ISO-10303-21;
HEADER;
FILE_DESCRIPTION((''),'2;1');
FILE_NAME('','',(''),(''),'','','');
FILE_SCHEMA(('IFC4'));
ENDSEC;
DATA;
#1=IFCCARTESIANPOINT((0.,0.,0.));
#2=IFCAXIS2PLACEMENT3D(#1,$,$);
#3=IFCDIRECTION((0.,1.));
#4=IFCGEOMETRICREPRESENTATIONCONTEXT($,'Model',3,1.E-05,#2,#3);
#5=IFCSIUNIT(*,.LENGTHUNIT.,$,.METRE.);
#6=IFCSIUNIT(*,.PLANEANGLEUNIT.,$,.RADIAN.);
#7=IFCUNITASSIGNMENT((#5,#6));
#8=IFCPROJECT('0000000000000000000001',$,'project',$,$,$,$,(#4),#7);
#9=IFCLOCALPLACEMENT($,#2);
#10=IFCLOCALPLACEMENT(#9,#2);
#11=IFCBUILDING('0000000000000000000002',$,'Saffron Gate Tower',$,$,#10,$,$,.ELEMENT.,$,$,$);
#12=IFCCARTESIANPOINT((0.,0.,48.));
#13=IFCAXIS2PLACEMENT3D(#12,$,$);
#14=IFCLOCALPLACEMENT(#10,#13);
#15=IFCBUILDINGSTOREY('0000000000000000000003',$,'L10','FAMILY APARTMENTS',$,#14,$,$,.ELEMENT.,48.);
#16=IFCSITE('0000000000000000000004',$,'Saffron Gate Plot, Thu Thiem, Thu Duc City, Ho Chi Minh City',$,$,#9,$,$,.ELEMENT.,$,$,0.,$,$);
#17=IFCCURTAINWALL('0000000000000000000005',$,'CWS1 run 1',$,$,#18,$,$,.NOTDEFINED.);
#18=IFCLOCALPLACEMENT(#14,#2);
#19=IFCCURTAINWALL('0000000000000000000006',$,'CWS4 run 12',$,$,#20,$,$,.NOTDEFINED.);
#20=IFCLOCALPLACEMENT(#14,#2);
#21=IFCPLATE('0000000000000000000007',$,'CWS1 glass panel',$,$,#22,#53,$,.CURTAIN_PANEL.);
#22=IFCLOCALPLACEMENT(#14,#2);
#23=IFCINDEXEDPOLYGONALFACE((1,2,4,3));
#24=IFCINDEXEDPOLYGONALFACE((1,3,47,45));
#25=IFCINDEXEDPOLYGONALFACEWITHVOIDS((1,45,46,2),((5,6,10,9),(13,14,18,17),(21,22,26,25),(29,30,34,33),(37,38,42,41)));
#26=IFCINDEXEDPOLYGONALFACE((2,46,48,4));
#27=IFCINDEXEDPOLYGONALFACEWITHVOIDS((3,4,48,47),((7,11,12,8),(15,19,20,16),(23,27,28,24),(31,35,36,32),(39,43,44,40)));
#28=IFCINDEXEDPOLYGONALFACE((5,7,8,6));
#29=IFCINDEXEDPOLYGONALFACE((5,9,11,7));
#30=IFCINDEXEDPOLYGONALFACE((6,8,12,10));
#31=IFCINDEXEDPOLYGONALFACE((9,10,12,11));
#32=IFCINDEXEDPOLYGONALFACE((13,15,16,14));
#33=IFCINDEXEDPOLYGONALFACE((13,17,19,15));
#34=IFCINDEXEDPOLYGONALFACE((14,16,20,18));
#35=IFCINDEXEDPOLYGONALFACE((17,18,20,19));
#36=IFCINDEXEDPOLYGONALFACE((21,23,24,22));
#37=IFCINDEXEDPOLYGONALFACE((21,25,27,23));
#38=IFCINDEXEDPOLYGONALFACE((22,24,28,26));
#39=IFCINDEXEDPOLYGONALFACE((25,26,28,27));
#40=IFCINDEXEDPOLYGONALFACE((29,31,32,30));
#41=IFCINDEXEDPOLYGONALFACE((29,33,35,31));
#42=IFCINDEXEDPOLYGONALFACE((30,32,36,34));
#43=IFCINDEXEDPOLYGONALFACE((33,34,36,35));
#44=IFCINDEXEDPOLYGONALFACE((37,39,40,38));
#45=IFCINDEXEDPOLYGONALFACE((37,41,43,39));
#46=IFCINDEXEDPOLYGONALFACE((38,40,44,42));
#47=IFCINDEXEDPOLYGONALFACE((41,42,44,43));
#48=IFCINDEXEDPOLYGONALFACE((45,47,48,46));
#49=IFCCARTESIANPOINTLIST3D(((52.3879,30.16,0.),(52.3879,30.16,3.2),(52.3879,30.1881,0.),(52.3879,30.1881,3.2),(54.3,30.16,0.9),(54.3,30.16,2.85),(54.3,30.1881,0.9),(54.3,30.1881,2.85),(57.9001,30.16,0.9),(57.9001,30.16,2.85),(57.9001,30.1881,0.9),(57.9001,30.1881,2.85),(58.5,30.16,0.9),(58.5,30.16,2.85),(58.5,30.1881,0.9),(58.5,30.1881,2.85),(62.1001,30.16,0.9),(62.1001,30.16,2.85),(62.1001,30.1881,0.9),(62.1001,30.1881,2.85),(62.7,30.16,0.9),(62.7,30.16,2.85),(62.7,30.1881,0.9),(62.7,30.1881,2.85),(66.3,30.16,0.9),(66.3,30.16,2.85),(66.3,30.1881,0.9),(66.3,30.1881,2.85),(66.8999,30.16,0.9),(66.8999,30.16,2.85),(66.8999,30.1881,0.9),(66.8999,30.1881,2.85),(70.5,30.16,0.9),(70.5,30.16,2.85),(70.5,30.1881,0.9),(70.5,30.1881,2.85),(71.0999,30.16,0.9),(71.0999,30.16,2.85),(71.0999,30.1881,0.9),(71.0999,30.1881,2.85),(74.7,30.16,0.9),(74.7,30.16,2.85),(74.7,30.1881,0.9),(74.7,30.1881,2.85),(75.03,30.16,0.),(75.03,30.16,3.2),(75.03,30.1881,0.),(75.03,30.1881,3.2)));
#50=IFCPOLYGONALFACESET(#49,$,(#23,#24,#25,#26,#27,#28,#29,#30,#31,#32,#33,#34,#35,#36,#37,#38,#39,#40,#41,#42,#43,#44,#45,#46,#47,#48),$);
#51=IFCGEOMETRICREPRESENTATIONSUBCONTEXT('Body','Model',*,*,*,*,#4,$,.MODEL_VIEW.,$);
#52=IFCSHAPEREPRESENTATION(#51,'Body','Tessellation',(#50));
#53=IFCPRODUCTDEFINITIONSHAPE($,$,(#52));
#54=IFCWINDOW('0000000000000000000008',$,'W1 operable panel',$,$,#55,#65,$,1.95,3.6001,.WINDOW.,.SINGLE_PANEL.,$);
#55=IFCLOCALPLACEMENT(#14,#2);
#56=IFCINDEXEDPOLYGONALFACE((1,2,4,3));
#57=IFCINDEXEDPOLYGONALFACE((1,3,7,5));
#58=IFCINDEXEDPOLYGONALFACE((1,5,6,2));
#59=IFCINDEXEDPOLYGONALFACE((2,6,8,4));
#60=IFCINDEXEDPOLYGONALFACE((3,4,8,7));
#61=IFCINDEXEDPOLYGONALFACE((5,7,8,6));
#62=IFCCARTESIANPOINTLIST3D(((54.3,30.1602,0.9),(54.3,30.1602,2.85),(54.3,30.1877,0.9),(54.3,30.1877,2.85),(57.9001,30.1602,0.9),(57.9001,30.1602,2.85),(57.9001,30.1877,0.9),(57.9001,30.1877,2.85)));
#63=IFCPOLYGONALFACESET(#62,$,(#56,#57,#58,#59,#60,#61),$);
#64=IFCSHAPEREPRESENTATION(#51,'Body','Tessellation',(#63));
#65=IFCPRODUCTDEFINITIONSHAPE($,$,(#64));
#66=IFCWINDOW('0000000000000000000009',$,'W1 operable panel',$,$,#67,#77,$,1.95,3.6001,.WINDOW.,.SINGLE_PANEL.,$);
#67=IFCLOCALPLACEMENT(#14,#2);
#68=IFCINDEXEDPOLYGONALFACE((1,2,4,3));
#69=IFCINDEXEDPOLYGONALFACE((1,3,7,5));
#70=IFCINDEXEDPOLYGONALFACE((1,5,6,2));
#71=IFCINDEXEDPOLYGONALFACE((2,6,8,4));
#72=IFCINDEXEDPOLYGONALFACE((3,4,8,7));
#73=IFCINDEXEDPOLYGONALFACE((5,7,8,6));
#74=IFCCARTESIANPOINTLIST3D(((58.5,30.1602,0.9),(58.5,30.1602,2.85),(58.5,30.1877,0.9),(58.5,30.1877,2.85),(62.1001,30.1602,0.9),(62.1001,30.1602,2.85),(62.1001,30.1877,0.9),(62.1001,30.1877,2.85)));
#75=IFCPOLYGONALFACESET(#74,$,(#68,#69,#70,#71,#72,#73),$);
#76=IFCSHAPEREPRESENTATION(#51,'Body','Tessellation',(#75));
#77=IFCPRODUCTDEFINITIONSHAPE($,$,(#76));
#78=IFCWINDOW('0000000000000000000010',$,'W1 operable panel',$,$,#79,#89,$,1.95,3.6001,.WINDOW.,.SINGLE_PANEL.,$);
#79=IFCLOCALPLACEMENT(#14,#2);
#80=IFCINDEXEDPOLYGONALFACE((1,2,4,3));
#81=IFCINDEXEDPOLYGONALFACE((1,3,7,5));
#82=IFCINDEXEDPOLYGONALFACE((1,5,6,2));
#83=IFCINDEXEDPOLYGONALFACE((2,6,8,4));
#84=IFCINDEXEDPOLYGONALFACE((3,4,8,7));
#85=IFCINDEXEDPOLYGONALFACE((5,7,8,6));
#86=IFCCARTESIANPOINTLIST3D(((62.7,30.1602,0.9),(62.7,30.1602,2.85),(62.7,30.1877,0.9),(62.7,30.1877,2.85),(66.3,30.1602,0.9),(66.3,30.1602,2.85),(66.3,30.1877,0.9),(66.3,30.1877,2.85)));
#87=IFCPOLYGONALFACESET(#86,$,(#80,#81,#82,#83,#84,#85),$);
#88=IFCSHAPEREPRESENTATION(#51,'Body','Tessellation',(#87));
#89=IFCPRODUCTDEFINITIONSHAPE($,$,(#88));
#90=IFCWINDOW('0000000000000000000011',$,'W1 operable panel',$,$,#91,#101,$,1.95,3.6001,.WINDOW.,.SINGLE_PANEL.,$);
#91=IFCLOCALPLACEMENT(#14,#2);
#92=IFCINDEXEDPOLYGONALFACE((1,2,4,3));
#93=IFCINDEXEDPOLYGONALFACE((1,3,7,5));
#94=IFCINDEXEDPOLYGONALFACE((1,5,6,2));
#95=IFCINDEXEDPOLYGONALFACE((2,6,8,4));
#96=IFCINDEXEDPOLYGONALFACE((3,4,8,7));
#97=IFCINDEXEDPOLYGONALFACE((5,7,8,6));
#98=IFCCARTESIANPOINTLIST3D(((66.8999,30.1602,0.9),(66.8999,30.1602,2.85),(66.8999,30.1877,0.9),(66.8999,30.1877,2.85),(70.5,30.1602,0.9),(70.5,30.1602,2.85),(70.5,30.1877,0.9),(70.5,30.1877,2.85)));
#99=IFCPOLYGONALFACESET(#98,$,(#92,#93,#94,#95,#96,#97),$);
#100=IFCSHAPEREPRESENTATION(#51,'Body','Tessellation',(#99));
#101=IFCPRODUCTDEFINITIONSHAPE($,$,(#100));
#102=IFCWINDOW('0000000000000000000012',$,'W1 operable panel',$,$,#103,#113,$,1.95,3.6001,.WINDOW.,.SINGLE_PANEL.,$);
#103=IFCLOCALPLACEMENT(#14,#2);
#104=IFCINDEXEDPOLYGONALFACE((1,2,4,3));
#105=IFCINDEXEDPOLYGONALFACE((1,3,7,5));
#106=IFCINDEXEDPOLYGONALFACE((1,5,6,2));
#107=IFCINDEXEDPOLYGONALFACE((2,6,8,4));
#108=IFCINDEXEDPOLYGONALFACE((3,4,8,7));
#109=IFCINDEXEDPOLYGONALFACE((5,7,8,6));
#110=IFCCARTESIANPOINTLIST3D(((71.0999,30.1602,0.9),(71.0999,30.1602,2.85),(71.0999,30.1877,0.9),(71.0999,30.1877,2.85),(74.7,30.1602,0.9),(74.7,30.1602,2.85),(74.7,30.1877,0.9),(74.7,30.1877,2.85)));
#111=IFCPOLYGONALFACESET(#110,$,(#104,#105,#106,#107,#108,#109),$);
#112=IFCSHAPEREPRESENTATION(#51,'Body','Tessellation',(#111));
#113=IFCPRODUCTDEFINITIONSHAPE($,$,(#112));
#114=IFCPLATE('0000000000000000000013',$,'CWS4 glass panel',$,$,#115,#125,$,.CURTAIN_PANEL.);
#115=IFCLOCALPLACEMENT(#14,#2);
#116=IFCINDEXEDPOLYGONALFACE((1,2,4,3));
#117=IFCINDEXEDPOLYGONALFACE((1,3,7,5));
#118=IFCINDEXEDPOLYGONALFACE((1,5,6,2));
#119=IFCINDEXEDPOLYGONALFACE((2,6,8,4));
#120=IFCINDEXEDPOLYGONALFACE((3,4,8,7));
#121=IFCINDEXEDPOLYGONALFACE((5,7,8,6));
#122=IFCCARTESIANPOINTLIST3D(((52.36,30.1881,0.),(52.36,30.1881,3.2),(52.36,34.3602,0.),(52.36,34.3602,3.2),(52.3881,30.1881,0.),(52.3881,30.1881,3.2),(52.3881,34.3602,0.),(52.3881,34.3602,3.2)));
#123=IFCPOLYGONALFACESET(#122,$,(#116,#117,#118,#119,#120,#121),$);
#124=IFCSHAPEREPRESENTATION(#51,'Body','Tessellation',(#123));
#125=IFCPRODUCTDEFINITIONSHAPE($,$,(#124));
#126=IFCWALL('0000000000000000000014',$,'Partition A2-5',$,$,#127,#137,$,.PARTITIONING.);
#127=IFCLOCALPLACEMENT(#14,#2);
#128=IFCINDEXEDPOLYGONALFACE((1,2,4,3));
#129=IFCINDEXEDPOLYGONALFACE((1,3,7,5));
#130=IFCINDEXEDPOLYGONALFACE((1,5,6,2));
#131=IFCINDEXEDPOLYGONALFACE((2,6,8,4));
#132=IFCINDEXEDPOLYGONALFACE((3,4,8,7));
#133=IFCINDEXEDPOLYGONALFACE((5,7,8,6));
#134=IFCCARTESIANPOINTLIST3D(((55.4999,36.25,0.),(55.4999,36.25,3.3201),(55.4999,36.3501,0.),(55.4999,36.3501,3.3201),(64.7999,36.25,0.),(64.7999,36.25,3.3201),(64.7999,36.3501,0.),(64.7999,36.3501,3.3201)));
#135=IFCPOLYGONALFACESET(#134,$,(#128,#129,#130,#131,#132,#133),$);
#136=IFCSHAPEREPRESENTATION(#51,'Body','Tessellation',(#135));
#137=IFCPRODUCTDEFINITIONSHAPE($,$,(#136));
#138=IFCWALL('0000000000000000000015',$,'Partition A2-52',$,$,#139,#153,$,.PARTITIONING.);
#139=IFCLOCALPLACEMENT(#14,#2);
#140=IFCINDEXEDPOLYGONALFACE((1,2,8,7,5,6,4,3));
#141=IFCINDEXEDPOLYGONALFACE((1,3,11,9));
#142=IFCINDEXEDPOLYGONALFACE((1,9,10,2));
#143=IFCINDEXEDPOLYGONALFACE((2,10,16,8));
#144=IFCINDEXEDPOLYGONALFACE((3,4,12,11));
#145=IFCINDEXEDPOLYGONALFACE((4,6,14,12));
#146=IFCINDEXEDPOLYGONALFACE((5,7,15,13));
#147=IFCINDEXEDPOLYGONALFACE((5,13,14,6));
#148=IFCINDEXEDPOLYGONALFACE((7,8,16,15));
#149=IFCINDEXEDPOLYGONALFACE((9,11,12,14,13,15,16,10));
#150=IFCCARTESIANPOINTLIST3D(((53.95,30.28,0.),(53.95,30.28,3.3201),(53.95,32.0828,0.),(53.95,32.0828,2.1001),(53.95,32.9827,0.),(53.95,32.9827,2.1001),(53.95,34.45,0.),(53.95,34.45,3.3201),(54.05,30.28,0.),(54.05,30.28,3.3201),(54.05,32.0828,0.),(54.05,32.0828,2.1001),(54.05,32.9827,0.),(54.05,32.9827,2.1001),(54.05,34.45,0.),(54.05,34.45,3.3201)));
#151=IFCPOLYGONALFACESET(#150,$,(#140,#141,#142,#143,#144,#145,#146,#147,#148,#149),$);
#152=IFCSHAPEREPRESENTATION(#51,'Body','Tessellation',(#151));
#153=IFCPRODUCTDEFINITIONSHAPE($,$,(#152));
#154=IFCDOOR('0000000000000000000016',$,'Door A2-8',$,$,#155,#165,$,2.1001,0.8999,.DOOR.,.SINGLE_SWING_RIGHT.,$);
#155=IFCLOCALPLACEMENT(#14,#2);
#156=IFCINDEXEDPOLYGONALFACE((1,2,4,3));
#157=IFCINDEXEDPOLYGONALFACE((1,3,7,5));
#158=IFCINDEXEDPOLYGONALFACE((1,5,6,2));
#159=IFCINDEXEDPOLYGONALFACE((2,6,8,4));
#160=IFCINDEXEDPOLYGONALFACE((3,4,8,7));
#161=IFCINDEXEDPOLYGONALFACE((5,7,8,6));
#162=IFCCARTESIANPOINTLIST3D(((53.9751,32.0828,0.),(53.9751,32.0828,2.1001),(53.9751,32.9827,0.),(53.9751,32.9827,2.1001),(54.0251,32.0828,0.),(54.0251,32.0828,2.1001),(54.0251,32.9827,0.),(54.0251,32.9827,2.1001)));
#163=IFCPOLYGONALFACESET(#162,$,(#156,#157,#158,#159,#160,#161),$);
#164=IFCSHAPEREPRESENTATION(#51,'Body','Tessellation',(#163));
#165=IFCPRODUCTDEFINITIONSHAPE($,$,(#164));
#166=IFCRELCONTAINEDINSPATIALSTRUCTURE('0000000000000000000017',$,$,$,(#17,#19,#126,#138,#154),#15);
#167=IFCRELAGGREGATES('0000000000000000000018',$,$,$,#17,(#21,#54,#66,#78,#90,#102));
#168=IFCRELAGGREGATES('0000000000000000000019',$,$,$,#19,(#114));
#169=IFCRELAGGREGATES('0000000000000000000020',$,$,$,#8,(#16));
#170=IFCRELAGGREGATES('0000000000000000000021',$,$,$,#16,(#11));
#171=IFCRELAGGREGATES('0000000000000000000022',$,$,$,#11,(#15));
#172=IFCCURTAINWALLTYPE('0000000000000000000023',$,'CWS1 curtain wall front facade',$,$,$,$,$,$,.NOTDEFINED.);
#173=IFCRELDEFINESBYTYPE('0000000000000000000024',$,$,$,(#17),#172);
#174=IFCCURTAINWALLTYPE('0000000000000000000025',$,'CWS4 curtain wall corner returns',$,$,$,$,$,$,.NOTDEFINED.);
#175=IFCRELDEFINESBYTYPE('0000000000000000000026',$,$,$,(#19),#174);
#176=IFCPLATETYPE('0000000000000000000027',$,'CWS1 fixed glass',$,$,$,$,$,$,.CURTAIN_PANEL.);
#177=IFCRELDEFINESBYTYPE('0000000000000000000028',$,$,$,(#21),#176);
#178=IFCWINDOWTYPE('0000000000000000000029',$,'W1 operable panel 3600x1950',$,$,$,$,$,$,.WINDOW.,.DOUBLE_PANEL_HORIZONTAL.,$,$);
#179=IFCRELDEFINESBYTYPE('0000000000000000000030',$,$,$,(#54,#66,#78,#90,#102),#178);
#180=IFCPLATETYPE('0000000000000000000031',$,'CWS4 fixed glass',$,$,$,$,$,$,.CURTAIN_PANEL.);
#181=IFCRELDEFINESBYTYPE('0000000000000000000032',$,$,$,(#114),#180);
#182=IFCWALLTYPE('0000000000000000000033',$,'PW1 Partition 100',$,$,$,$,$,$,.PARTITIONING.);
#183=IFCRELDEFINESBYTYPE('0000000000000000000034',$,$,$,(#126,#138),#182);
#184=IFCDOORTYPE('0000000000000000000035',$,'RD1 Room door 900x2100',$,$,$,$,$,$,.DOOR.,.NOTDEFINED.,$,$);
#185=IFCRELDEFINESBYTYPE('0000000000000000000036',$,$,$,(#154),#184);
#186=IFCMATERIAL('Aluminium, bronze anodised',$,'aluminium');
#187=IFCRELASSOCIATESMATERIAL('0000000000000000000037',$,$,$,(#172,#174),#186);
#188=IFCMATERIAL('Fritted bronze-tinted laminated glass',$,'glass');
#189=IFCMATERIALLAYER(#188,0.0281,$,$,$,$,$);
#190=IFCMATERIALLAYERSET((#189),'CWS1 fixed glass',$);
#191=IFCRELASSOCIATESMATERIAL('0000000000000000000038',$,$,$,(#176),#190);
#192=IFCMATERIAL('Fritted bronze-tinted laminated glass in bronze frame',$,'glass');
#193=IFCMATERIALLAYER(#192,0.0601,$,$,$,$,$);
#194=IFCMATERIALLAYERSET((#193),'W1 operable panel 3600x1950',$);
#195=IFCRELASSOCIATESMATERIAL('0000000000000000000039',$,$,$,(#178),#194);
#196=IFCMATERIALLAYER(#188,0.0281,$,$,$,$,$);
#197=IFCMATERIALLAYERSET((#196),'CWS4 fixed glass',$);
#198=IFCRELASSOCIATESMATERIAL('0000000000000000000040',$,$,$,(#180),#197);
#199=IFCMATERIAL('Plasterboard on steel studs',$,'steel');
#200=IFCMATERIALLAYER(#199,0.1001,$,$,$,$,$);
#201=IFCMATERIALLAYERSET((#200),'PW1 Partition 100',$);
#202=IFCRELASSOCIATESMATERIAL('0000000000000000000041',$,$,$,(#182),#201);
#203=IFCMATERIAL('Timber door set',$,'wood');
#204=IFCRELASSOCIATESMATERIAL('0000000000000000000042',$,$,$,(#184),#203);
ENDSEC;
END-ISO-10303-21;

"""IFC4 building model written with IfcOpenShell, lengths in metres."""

from ifc_helpers import new_model, si_unit, direction, frame, frame_2d, origin, place, context, subcontext, project, spatial, rectangle, extrude, material, layer, layer_set, type_object, element, fill, aggregate, save


model = new_model("IFC4")

# Units and contexts
model_context = context("Model", 3, precision=1e-05, world=origin(), true_north=direction((0.0, 1.0)))
body_context = subcontext(model_context, "Body", "Model", "MODEL_VIEW")
ifc_project = project(units=[si_unit("LENGTHUNIT", "METRE"), si_unit("PLANEANGLEUNIT", "RADIAN")], contexts=[model_context])

# Site, building, storey
site_placement = place(None, origin())
site = spatial("IfcSite", under=ifc_project, at=site_placement, Name="Saffron Gate Plot, Thu Thiem, Thu Duc City, Ho Chi Minh City", CompositionType="ELEMENT", RefElevation=0.0)
building_placement = place(site_placement, origin())
building = spatial("IfcBuilding", under=site, at=building_placement, Name="Saffron Gate Tower", CompositionType="ELEMENT")
storey_placement = place(building_placement, frame((0.0, 0.0, 48.0)))
storey = spatial("IfcBuildingStorey", under=building, at=storey_placement, Name="L10", Description="FAMILY APARTMENTS", CompositionType="ELEMENT", Elevation=48.0)

# Curtain wall
ifc_material_1 = material(Name="Aluminium, bronze anodised", Category="aluminium")
curtain_wall_type_1 = type_object("IfcCurtainWallType", Name="CWS1 curtain wall front facade", PredefinedType="NOTDEFINED", material=ifc_material_1)
curtain_wall_1_placement = place(storey_placement, origin())
curtain_wall_1 = element("IfcCurtainWall", 1, at=curtain_wall_1_placement, inside=storey, type_object=curtain_wall_type_1, Name="CWS1 run 1", PredefinedType="NOTDEFINED")

# Curtain wall
curtain_wall_type_2 = type_object("IfcCurtainWallType", Name="CWS4 curtain wall corner returns", PredefinedType="NOTDEFINED", material=ifc_material_1)
curtain_wall_2_placement = place(storey_placement, origin())
curtain_wall_2 = element("IfcCurtainWall", 2, at=curtain_wall_2_placement, inside=storey, type_object=curtain_wall_type_2, Name="CWS4 run 12", PredefinedType="NOTDEFINED")

# Plate, openings, windows
ifc_material_2 = material(Name="Fritted bronze-tinted laminated glass", Category="glass")
ifc_layer_1 = layer(ifc_material_2, 0.0281)
ifc_layer_set_1 = layer_set([ifc_layer_1], Name="CWS1 fixed glass")
plate_type_1 = type_object("IfcPlateType", Name="CWS1 fixed glass", PredefinedType="CURTAIN_PANEL", material=ifc_layer_set_1)
plate_1_placement = place(storey_placement, frame((52.3879, 30.1741, 0.0), z_axis=(0.0, 0.0, 1.0), x_axis=(1.0, 0.0, 0.0)))
plate_1 = element("IfcPlate", 3, at=plate_1_placement, type_object=plate_type_1, Name="CWS1 glass panel", PredefinedType="CURTAIN_PANEL", context=body_context, shape_type="SweptSolid", body=[
    extrude(rectangle(XDim=22.6421, YDim=0.0281, at=frame_2d((11.321, 0.0))), origin(), (0.0, 0.0, 1.0), 3.2),
])
opening_1_placement = place(plate_1_placement, frame((1.9121, 0.0, 0.8999)))
opening_1 = element("IfcOpeningElement", 4, at=opening_1_placement, cuts=plate_1, PredefinedType="OPENING", context=body_context, shape_type="SweptSolid", body=[
    extrude(rectangle(XDim=3.6001, YDim=1.95, at=frame_2d((1.8, 0.9751))), frame((0.0, 0.0239, 0.0), z_axis=(0.0, -1.0, 0.0), x_axis=(1.0, 0.0, 0.0)), (0.0, 0.0, 1.0), 0.0481),
])
opening_2_placement = place(plate_1_placement, frame((6.1121, 0.0, 0.8999)))
opening_2 = element("IfcOpeningElement", 5, at=opening_2_placement, cuts=plate_1, PredefinedType="OPENING", context=body_context, shape_type="SweptSolid", body=[
    extrude(rectangle(XDim=3.6001, YDim=1.95, at=frame_2d((1.8, 0.9751))), frame((0.0, 0.0239, 0.0), z_axis=(0.0, -1.0, 0.0), x_axis=(1.0, 0.0, 0.0)), (0.0, 0.0, 1.0), 0.0481),
])
opening_3_placement = place(plate_1_placement, frame((10.312, 0.0, 0.8999)))
opening_3 = element("IfcOpeningElement", 6, at=opening_3_placement, cuts=plate_1, PredefinedType="OPENING", context=body_context, shape_type="SweptSolid", body=[
    extrude(rectangle(XDim=3.6001, YDim=1.95, at=frame_2d((1.8, 0.9751))), frame((0.0, 0.0239, 0.0), z_axis=(0.0, -1.0, 0.0), x_axis=(1.0, 0.0, 0.0)), (0.0, 0.0, 1.0), 0.0481),
])
opening_4_placement = place(plate_1_placement, frame((14.512, 0.0, 0.8999)))
opening_4 = element("IfcOpeningElement", 7, at=opening_4_placement, cuts=plate_1, PredefinedType="OPENING", context=body_context, shape_type="SweptSolid", body=[
    extrude(rectangle(XDim=3.6001, YDim=1.95, at=frame_2d((1.8, 0.9751))), frame((0.0, 0.0239, 0.0), z_axis=(0.0, -1.0, 0.0), x_axis=(1.0, 0.0, 0.0)), (0.0, 0.0, 1.0), 0.0481),
])
opening_5_placement = place(plate_1_placement, frame((18.7119, 0.0, 0.8999)))
opening_5 = element("IfcOpeningElement", 8, at=opening_5_placement, cuts=plate_1, PredefinedType="OPENING", context=body_context, shape_type="SweptSolid", body=[
    extrude(rectangle(XDim=3.6001, YDim=1.95, at=frame_2d((1.8, 0.9751))), frame((0.0, 0.0239, 0.0), z_axis=(0.0, -1.0, 0.0), x_axis=(1.0, 0.0, 0.0)), (0.0, 0.0, 1.0), 0.0481),
])
ifc_material_3 = material(Name="Fritted bronze-tinted laminated glass in bronze frame", Category="glass")
ifc_layer_2 = layer(ifc_material_3, 0.0601)
ifc_layer_set_2 = layer_set([ifc_layer_2], Name="W1 operable panel 3600x1950")
window_type = type_object("IfcWindowType", Name="W1 operable panel 3600x1950", PartitioningType="DOUBLE_PANEL_HORIZONTAL", PredefinedType="WINDOW", material=ifc_layer_set_2)
window_1_placement = place(opening_1_placement, origin())
window_1 = element("IfcWindow", 9, at=window_1_placement, type_object=window_type, Name="W1 operable panel", OverallHeight=1.95, OverallWidth=3.6001, PartitioningType="SINGLE_PANEL", PredefinedType="WINDOW", context=body_context, shape_type="SweptSolid", body=[
    extrude(rectangle(XDim=3.6001, YDim=1.95, at=frame_2d((1.8, 0.9751))), frame((0.0, 0.0137, 0.0), z_axis=(0.0, -1.0, 0.0), x_axis=(1.0, 0.0, 0.0)), (0.0, 0.0, 1.0), 0.0276),
])
fill(opening_1, window_1)
window_2_placement = place(opening_2_placement, origin())
window_2 = element("IfcWindow", 10, at=window_2_placement, type_object=window_type, Name="W1 operable panel", OverallHeight=1.95, OverallWidth=3.6001, PartitioningType="SINGLE_PANEL", PredefinedType="WINDOW", context=body_context, shape_type="SweptSolid", body=[
    extrude(rectangle(XDim=3.6001, YDim=1.95, at=frame_2d((1.8, 0.9751))), frame((0.0, 0.0137, 0.0), z_axis=(0.0, -1.0, 0.0), x_axis=(1.0, 0.0, 0.0)), (0.0, 0.0, 1.0), 0.0276),
])
fill(opening_2, window_2)
window_3_placement = place(opening_3_placement, origin())
window_3 = element("IfcWindow", 11, at=window_3_placement, type_object=window_type, Name="W1 operable panel", OverallHeight=1.95, OverallWidth=3.6001, PartitioningType="SINGLE_PANEL", PredefinedType="WINDOW", context=body_context, shape_type="SweptSolid", body=[
    extrude(rectangle(XDim=3.6001, YDim=1.95, at=frame_2d((1.8, 0.9751))), frame((0.0, 0.0137, 0.0), z_axis=(0.0, -1.0, 0.0), x_axis=(1.0, 0.0, 0.0)), (0.0, 0.0, 1.0), 0.0276),
])
fill(opening_3, window_3)
window_4_placement = place(opening_4_placement, origin())
window_4 = element("IfcWindow", 12, at=window_4_placement, type_object=window_type, Name="W1 operable panel", OverallHeight=1.95, OverallWidth=3.6001, PartitioningType="SINGLE_PANEL", PredefinedType="WINDOW", context=body_context, shape_type="SweptSolid", body=[
    extrude(rectangle(XDim=3.6001, YDim=1.95, at=frame_2d((1.8, 0.9751))), frame((0.0, 0.0137, 0.0), z_axis=(0.0, -1.0, 0.0), x_axis=(1.0, 0.0, 0.0)), (0.0, 0.0, 1.0), 0.0276),
])
fill(opening_4, window_4)
window_5_placement = place(opening_5_placement, origin())
window_5 = element("IfcWindow", 13, at=window_5_placement, type_object=window_type, Name="W1 operable panel", OverallHeight=1.95, OverallWidth=3.6001, PartitioningType="SINGLE_PANEL", PredefinedType="WINDOW", context=body_context, shape_type="SweptSolid", body=[
    extrude(rectangle(XDim=3.6001, YDim=1.95, at=frame_2d((1.8, 0.9751))), frame((0.0, 0.0137, 0.0), z_axis=(0.0, -1.0, 0.0), x_axis=(1.0, 0.0, 0.0)), (0.0, 0.0, 1.0), 0.0276),
])
fill(opening_5, window_5)
aggregate(curtain_wall_1, [plate_1, window_1, window_2, window_3, window_4, window_5])

# Plate
ifc_layer_3 = layer(ifc_material_2, 0.0281)
ifc_layer_set_3 = layer_set([ifc_layer_3], Name="CWS4 fixed glass")
plate_type_2 = type_object("IfcPlateType", Name="CWS4 fixed glass", PredefinedType="CURTAIN_PANEL", material=ifc_layer_set_3)
plate_2_placement = place(storey_placement, frame((52.374, 34.3601, 0.0), z_axis=(0.0, 0.0, 1.0), x_axis=(0.0, -1.0, 0.0)))
plate_2 = element("IfcPlate", 14, at=plate_2_placement, type_object=plate_type_2, Name="CWS4 glass panel", PredefinedType="CURTAIN_PANEL", context=body_context, shape_type="SweptSolid", body=[
    extrude(rectangle(XDim=4.1721, YDim=0.0281, at=frame_2d((2.0859, 0.0))), origin(), (0.0, 0.0, 1.0), 3.2),
])
aggregate(curtain_wall_2, [plate_2])

# Wall
ifc_material_4 = material(Name="Plasterboard on steel studs", Category="steel")
ifc_layer_4 = layer(ifc_material_4, 0.1001)
ifc_layer_set_4 = layer_set([ifc_layer_4], Name="PW1 Partition 100")
wall_type = type_object("IfcWallType", Name="PW1 Partition 100", PredefinedType="PARTITIONING", material=ifc_layer_set_4)
wall_1_placement = place(storey_placement, frame((55.5, 36.3, 0.0), z_axis=(0.0, 0.0, 1.0), x_axis=(1.0, 0.0, 0.0)))
element("IfcWall", 15, at=wall_1_placement, inside=storey, type_object=wall_type, Name="Partition A2-5", PredefinedType="PARTITIONING", context=body_context, shape_type="SweptSolid", body=[
    extrude(rectangle(XDim=9.3, YDim=0.1001, at=frame_2d((4.6499, 0.0))), origin(), (0.0, 0.0, 1.0), 3.3201),
])

# Wall, opening, door
wall_2_placement = place(storey_placement, frame((54.0, 30.28, 0.0), z_axis=(0.0, 0.0, 1.0), x_axis=(0.0, 1.0, 0.0)))
wall_2 = element("IfcWall", 16, at=wall_2_placement, inside=storey, type_object=wall_type, Name="Partition A2-52", PredefinedType="PARTITIONING", context=body_context, shape_type="SweptSolid", body=[
    extrude(rectangle(XDim=4.1699, YDim=0.1001, at=frame_2d((2.085, 0.0))), origin(), (0.0, 0.0, 1.0), 3.3201),
])
opening_6_placement = place(wall_2_placement, frame((1.8027, 0.0, 0.0)))
opening_6 = element("IfcOpeningElement", 17, at=opening_6_placement, cuts=wall_2, PredefinedType="OPENING", context=body_context, shape_type="SweptSolid", body=[
    extrude(rectangle(XDim=0.8999, YDim=2.1001, at=frame_2d((0.45, 1.05))), frame((0.0, 0.0601, 0.0), z_axis=(0.0, -1.0, 0.0), x_axis=(1.0, 0.0, 0.0)), (0.0, 0.0, 1.0), 0.1201),
])
ifc_material_5 = material(Name="Timber door set", Category="wood")
door_type = type_object("IfcDoorType", Name="RD1 Room door 900x2100", OperationType="NOTDEFINED", PredefinedType="DOOR", material=ifc_material_5)
door_placement = place(opening_6_placement, origin())
door = element("IfcDoor", 18, at=door_placement, inside=storey, type_object=door_type, Name="Door A2-8", OperationType="SINGLE_SWING_RIGHT", OverallHeight=2.1001, OverallWidth=0.8999, PredefinedType="DOOR", context=body_context, shape_type="SweptSolid", body=[
    extrude(rectangle(XDim=0.8999, YDim=2.1001, at=frame_2d((0.45, 1.05))), frame((0.0, 0.0249, 0.0), z_axis=(0.0, -1.0, 0.0), x_axis=(1.0, 0.0, 0.0)), (0.0, 0.0, 1.0), 0.05),
])
fill(opening_6, door)

save(model, "model.ifc")
